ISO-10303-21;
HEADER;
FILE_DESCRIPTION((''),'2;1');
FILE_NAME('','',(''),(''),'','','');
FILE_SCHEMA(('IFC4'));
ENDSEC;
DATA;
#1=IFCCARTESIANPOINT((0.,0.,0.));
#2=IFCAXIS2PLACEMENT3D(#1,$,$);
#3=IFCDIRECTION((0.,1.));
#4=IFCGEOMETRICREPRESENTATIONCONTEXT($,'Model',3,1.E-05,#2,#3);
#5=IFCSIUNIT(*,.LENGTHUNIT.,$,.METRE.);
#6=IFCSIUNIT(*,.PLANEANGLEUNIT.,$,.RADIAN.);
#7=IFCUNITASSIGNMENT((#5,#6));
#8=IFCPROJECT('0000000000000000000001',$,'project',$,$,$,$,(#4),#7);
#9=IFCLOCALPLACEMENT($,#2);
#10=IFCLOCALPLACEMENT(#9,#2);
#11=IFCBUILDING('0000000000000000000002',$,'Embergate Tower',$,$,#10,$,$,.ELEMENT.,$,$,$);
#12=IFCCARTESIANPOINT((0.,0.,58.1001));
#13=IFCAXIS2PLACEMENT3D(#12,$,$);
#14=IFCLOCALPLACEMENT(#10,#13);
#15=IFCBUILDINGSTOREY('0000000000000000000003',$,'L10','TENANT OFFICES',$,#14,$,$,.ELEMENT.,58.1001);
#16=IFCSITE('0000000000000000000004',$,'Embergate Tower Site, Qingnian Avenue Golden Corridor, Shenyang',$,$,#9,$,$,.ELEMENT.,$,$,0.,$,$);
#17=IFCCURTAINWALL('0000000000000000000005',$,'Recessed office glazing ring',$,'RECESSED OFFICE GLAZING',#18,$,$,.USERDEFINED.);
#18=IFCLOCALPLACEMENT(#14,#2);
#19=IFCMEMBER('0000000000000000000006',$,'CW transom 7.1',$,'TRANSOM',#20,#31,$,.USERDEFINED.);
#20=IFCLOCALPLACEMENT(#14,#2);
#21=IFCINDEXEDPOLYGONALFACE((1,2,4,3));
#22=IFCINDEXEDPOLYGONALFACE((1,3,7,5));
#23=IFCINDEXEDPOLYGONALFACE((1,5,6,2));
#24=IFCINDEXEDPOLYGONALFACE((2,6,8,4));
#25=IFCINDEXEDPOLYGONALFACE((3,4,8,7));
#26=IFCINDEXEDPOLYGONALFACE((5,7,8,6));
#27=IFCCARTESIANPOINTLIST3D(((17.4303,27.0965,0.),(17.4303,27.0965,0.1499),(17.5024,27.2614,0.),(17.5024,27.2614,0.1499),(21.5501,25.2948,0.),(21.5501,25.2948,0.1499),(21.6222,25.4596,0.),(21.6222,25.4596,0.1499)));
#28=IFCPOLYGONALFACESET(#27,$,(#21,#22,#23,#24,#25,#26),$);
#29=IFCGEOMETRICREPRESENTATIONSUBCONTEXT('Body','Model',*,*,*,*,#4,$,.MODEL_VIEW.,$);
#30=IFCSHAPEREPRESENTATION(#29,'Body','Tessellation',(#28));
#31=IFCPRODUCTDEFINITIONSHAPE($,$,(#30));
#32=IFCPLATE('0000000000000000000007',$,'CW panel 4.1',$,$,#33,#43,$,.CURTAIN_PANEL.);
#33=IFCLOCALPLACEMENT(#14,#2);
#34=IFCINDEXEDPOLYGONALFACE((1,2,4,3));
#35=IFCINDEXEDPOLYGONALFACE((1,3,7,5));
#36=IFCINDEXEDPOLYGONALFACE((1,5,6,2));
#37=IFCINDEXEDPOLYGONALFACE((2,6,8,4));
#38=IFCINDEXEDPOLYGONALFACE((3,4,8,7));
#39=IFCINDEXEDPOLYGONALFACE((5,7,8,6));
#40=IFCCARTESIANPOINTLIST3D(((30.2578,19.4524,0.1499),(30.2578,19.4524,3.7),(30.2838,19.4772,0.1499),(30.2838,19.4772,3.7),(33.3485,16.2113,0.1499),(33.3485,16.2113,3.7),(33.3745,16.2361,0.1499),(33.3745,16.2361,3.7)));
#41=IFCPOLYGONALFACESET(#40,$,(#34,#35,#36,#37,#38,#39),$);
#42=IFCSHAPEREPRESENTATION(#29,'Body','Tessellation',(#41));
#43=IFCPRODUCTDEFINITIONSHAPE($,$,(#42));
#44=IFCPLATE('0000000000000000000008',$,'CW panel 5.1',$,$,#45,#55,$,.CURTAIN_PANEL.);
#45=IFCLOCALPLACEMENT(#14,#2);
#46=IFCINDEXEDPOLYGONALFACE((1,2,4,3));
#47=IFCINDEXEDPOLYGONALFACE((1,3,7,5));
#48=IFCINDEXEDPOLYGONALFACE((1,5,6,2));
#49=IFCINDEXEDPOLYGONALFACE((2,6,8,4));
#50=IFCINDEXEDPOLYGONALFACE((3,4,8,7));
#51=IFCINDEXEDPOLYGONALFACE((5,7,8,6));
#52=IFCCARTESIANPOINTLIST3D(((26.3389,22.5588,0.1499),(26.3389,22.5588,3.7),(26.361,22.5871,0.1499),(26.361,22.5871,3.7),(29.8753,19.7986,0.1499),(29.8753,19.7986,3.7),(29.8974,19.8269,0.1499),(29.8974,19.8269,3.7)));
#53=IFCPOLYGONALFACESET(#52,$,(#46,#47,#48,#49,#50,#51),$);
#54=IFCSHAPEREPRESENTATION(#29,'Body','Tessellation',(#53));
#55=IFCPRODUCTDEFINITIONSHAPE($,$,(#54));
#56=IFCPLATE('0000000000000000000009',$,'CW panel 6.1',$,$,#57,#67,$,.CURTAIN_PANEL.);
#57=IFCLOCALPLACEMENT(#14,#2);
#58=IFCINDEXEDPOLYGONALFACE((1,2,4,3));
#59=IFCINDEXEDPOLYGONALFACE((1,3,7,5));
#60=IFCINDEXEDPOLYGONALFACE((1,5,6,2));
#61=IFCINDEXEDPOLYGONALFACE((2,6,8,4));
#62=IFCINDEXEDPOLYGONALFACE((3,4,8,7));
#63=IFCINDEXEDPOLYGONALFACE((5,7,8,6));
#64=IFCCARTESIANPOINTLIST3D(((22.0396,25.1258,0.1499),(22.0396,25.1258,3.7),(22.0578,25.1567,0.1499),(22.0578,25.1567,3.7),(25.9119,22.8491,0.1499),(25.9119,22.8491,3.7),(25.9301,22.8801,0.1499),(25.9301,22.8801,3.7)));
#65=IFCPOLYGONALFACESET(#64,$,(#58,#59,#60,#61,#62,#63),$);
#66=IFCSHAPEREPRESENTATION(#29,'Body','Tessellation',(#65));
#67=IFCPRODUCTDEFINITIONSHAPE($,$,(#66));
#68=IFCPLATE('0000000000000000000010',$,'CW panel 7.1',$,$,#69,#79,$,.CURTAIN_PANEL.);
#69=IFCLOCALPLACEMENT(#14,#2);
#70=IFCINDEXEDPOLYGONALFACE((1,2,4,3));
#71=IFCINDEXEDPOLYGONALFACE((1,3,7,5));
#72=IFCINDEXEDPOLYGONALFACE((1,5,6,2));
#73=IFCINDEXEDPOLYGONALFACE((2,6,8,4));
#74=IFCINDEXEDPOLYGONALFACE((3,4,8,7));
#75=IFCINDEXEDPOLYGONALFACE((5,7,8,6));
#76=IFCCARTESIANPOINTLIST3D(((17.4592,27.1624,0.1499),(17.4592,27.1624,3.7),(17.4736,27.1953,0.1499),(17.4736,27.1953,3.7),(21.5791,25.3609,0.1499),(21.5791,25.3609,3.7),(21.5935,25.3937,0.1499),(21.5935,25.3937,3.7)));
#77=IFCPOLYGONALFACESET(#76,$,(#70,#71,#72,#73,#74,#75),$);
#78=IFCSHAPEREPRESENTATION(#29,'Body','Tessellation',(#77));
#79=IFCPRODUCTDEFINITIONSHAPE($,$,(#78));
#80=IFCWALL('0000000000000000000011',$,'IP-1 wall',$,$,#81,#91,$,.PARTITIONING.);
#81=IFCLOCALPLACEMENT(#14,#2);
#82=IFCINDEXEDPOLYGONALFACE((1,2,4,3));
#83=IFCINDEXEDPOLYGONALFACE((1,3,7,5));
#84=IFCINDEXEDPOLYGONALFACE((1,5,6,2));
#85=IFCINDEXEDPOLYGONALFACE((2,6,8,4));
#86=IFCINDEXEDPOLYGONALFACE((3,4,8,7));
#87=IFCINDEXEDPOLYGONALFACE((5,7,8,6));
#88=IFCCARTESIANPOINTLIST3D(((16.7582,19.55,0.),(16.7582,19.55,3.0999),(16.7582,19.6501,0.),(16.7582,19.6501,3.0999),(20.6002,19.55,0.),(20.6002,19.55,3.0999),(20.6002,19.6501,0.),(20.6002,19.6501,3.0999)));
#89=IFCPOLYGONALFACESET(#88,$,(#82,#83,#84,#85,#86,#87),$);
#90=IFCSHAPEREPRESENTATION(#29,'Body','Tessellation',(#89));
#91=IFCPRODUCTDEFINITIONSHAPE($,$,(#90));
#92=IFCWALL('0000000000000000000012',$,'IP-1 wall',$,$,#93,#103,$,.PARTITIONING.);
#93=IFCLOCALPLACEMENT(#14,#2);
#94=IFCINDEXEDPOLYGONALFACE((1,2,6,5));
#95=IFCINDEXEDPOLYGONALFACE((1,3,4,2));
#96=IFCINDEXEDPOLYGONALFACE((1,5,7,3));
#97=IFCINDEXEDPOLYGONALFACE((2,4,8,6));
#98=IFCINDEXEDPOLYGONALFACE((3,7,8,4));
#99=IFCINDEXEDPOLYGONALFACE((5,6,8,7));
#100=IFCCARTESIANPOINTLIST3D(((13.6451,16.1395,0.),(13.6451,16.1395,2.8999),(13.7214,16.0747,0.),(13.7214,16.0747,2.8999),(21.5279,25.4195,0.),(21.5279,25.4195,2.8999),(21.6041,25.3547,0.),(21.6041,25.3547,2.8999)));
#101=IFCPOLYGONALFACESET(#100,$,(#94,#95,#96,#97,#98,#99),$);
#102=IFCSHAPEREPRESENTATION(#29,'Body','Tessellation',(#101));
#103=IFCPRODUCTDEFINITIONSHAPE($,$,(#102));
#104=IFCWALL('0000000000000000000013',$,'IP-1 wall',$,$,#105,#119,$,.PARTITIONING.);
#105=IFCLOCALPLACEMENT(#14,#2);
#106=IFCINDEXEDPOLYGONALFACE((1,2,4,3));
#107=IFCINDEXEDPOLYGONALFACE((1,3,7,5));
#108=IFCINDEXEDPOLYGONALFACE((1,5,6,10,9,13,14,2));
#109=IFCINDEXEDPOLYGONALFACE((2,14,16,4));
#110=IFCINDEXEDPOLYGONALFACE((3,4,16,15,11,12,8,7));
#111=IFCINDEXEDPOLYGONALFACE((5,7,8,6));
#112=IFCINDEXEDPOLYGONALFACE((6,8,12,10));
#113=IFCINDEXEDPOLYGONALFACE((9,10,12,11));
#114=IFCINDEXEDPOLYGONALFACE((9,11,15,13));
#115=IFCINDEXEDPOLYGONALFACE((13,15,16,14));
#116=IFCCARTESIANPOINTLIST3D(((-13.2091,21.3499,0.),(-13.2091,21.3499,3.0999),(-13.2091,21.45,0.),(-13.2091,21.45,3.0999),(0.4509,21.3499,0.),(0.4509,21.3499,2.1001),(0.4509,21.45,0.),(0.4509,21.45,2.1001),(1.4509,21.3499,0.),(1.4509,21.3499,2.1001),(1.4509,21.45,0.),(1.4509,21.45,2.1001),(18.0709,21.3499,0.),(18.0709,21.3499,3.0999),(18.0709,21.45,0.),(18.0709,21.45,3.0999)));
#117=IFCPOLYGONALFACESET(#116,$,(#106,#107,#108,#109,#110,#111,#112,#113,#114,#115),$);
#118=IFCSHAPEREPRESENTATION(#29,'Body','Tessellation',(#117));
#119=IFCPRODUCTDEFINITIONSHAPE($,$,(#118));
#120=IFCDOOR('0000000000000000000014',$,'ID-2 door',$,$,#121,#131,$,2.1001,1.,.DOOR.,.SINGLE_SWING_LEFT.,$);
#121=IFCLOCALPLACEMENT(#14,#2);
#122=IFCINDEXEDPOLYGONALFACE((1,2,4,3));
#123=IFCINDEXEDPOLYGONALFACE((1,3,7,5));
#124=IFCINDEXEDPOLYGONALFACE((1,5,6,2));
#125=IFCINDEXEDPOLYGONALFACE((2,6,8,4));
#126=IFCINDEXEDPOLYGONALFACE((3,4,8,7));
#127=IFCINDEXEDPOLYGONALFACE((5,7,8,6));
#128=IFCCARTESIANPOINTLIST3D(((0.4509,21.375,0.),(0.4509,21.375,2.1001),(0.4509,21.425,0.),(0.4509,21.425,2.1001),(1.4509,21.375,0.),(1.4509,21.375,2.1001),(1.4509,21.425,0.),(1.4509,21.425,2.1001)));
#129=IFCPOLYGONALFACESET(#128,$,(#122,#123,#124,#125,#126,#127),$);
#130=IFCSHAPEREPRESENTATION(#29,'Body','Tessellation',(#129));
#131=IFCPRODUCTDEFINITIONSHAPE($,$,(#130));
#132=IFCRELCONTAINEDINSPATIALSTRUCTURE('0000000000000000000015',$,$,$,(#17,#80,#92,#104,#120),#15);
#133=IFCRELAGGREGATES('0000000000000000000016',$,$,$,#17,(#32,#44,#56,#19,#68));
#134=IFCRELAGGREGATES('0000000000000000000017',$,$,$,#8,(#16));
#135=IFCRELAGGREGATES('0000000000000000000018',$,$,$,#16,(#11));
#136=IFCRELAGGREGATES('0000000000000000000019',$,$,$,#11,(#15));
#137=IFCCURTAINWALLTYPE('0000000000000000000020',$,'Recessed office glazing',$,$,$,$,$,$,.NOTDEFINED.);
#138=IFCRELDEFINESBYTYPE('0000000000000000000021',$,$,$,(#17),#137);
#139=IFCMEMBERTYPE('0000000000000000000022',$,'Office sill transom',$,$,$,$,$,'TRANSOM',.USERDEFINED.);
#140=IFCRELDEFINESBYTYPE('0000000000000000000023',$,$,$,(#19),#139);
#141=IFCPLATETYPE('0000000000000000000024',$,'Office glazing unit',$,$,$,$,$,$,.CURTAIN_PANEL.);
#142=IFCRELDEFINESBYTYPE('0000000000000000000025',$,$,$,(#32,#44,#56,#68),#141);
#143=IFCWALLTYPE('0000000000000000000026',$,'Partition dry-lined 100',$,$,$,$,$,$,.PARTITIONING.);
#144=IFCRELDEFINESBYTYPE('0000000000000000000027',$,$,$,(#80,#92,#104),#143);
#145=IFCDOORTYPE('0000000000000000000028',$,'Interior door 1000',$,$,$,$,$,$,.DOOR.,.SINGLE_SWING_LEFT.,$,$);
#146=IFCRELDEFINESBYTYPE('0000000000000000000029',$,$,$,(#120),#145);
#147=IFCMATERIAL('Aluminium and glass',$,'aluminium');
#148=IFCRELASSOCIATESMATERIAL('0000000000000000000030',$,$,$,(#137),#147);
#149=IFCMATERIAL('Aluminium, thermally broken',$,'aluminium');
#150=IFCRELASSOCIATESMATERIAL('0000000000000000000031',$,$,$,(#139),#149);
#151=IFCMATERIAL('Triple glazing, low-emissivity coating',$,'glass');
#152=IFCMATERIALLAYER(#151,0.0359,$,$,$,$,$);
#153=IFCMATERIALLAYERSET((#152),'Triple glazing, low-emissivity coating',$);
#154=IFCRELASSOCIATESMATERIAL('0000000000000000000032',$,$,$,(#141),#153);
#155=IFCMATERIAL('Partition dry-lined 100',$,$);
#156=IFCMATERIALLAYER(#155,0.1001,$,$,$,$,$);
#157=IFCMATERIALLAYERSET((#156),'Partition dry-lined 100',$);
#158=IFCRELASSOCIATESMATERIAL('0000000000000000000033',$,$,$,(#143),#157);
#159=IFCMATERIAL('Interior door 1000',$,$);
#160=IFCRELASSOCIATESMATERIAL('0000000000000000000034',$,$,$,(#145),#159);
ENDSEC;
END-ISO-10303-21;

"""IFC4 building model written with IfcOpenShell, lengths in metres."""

from ifc_helpers import new_model, si_unit, direction, frame, frame_2d, origin, origin_2d, place, context, subcontext, project, spatial, rectangle, extrude, source, transform, mapped, material, layer, layer_set, material_profile, profile_set, type_object, element, fill, aggregate, save


model = new_model("IFC4")

# Units and contexts
model_context = context("Model", 3, precision=1e-05, world=origin(), true_north=direction((0.0, 1.0)))
body_context = subcontext(model_context, "Body", "Model", "MODEL_VIEW")
ifc_project = project(units=[si_unit("LENGTHUNIT", "METRE"), si_unit("PLANEANGLEUNIT", "RADIAN")], contexts=[model_context])

# Site, building, storey
site_placement = place(None, origin())
site = spatial("IfcSite", under=ifc_project, at=site_placement, Name="Embergate Tower Site, Qingnian Avenue Golden Corridor, Shenyang", CompositionType="ELEMENT", RefElevation=0.0)
building_placement = place(site_placement, origin())
building = spatial("IfcBuilding", under=site, at=building_placement, Name="Embergate Tower", CompositionType="ELEMENT")
storey_placement = place(building_placement, frame((0.0, 0.0, 58.1001)))
storey = spatial("IfcBuildingStorey", under=building, at=storey_placement, Name="L10", Description="TENANT OFFICES", CompositionType="ELEMENT", Elevation=58.1001)

# Curtain wall, member, plates
ifc_material_1 = material(Name="Aluminium and glass", Category="aluminium")
curtain_wall_type = type_object("IfcCurtainWallType", Name="Recessed office glazing", PredefinedType="NOTDEFINED", material=ifc_material_1)
curtain_wall_placement = place(storey_placement, origin())
curtain_wall = element("IfcCurtainWall", 1, at=curtain_wall_placement, inside=storey, type_object=curtain_wall_type, Name="Recessed office glazing ring", ObjectType="RECESSED OFFICE GLAZING", PredefinedType="USERDEFINED")
ifc_material_2 = material(Name="Aluminium, thermally broken", Category="aluminium")
ifc_material_profile_1 = material_profile(ifc_material_2, rectangle(XDim=0.1799, YDim=0.1499, at=origin_2d()), Name="AL 150x180")
ifc_profile_set_1 = profile_set([ifc_material_profile_1], Name="Aluminium, thermally broken")
member_type_1 = type_object("IfcMemberType", Name="Office sill transom", ElementType="TRANSOM", PredefinedType="USERDEFINED", material=ifc_profile_set_1)
shared_shape_1 = source(origin(), body_context, "Body", "SweptSolid", [
    extrude(rectangle(XDim=0.1799, YDim=0.1499, at=origin_2d()), origin(), (0.0, 0.0, 1.0), 4.4966),
])
member_1_placement = place(storey_placement, frame((21.5862, 25.3772, 0.075), z_axis=(-0.916213, 0.400691, 0.0), x_axis=(-0.400691, -0.916213, 0.0)))
member_1 = element("IfcMember", 2, at=member_1_placement, type_object=member_type_1, Name="CW transom 7.1", ObjectType="TRANSOM", PredefinedType="USERDEFINED", context=body_context, shape_type="MappedRepresentation", body=[
    mapped(shared_shape_1, transform((0.0, 0.0, 0.0))),
])
ifc_material_3 = material(Name="Triple glazing, low-emissivity coating", Category="glass")
ifc_layer_1 = layer(ifc_material_3, 0.0359)
ifc_layer_set_1 = layer_set([ifc_layer_1], Name="Triple glazing, low-emissivity coating")
plate_type = type_object("IfcPlateType", Name="Office glazing unit", PredefinedType="CURTAIN_PANEL", material=ifc_layer_set_1)
shared_shape_2 = source(origin(), body_context, "Body", "SweptSolid", [
    extrude(rectangle(XDim=4.4785, YDim=0.0359, at=origin_2d()), origin(), (0.0, 0.0, 1.0), 3.55),
])
plate_1_placement = place(storey_placement, frame((31.8162, 17.8442, 0.1499), z_axis=(0.0, 0.0, 1.0), x_axis=(-0.690125, 0.72369, 0.0)))
plate_1 = element("IfcPlate", 3, at=plate_1_placement, type_object=plate_type, Name="CW panel 4.1", PredefinedType="CURTAIN_PANEL", context=body_context, shape_type="MappedRepresentation", body=[
    mapped(shared_shape_2, transform((0.0, 0.0, 0.0))),
])
shared_shape_3 = source(origin(), body_context, "Body", "SweptSolid", [
    extrude(rectangle(XDim=4.4861, YDim=0.0359, at=origin_2d()), origin(), (0.0, 0.0, 1.0), 3.55),
])
plate_2_placement = place(storey_placement, frame((28.1182, 21.1929, 0.1499), z_axis=(0.0, 0.0, 1.0), x_axis=(-0.788313, 0.615275, 0.0)))
plate_2 = element("IfcPlate", 4, at=plate_2_placement, type_object=plate_type, Name="CW panel 5.1", PredefinedType="CURTAIN_PANEL", context=body_context, shape_type="MappedRepresentation", body=[
    mapped(shared_shape_3, transform((0.0, 0.0, 0.0))),
])
shared_shape_4 = source(origin(), body_context, "Body", "SweptSolid", [
    extrude(rectangle(XDim=4.4919, YDim=0.0359, at=origin_2d()), origin(), (0.0, 0.0, 1.0), 3.55),
])
plate_3_placement = place(storey_placement, frame((23.9849, 24.0029, 0.1499), z_axis=(0.0, 0.0, 1.0), x_axis=(-0.862048, 0.506827, 0.0)))
plate_3 = element("IfcPlate", 5, at=plate_3_placement, type_object=plate_type, Name="CW panel 6.1", PredefinedType="CURTAIN_PANEL", context=body_context, shape_type="MappedRepresentation", body=[
    mapped(shared_shape_4, transform((0.0, 0.0, 0.0))),
])
shared_shape_5 = source(origin(), body_context, "Body", "SweptSolid", [
    extrude(rectangle(XDim=4.4966, YDim=0.0359, at=origin_2d()), origin(), (0.0, 0.0, 1.0), 3.55),
])
plate_4_placement = place(storey_placement, frame((19.5264, 26.2781, 0.1499), z_axis=(0.0, 0.0, 1.0), x_axis=(-0.916233, 0.400646, 0.0)))
plate_4 = element("IfcPlate", 6, at=plate_4_placement, type_object=plate_type, Name="CW panel 7.1", PredefinedType="CURTAIN_PANEL", context=body_context, shape_type="MappedRepresentation", body=[
    mapped(shared_shape_5, transform((0.0, 0.0, 0.0))),
])
aggregate(curtain_wall, [plate_1, plate_2, plate_3, member_1, plate_4])

# Walls
ifc_material_4 = material(Name="Partition dry-lined 100")
ifc_layer_2 = layer(ifc_material_4, 0.1001)
ifc_layer_set_2 = layer_set([ifc_layer_2], Name="Partition dry-lined 100")
wall_type = type_object("IfcWallType", Name="Partition dry-lined 100", PredefinedType="PARTITIONING", material=ifc_layer_set_2)
shared_shape_6 = source(origin(), body_context, "Body", "SweptSolid", [
    extrude(rectangle(XDim=3.842, YDim=0.1001, at=frame_2d((1.9209, 0.0))), origin(), (0.0, 0.0, 1.0), 3.0999),
])
wall_1_placement = place(storey_placement, frame((20.6001, 19.6001, 0.0), z_axis=(0.0, 0.0, 1.0), x_axis=(-1.0, 0.0, 0.0)))
element("IfcWall", 7, at=wall_1_placement, inside=storey, type_object=wall_type, Name="IP-1 wall", PredefinedType="PARTITIONING", context=body_context, shape_type="MappedRepresentation", body=[
    mapped(shared_shape_6, transform((0.0, 0.0, 0.0))),
])
shared_shape_7 = source(origin(), body_context, "Body", "SweptSolid", [
    extrude(rectangle(XDim=12.176, YDim=0.1001, at=frame_2d((6.0879, 0.0))), origin(), (0.0, 0.0, 1.0), 2.8999),
])
wall_2_placement = place(storey_placement, frame((21.5659, 25.387, 0.0), z_axis=(0.0, 0.0, 1.0), x_axis=(-0.6474, -0.762151, 0.0)))
element("IfcWall", 8, at=wall_2_placement, inside=storey, type_object=wall_type, Name="IP-1 wall", PredefinedType="PARTITIONING", context=body_context, shape_type="MappedRepresentation", body=[
    mapped(shared_shape_7, transform((0.0, 0.0, 0.0))),
])

# Wall, opening, door
shared_shape_8 = source(origin(), body_context, "Body", "SweptSolid", [
    extrude(rectangle(XDim=31.28, YDim=0.1001, at=frame_2d((15.6401, 0.0))), origin(), (0.0, 0.0, 1.0), 3.0999),
])
wall_3_placement = place(storey_placement, frame((18.071, 21.3999, 0.0), z_axis=(0.0, 0.0, 1.0), x_axis=(-1.0, 0.0, 0.0)))
wall_3 = element("IfcWall", 9, at=wall_3_placement, inside=storey, type_object=wall_type, Name="IP-1 wall", PredefinedType="PARTITIONING", context=body_context, shape_type="MappedRepresentation", body=[
    mapped(shared_shape_8, transform((0.0, 0.0, 0.0))),
])
shared_shape_9 = source(origin(), body_context, "Body", "SweptSolid", [
    extrude(rectangle(XDim=1.0, YDim=2.1001, at=frame_2d((0.5, 1.05))), frame((0.0, 0.0601, 0.0), z_axis=(0.0, -1.0, 0.0), x_axis=(1.0, 0.0, 0.0)), (0.0, 0.0, 1.0), 0.1201),
])
opening_placement = place(wall_3_placement, frame((16.6201, 0.0, 0.0)))
opening = element("IfcOpeningElement", 10, at=opening_placement, cuts=wall_3, PredefinedType="OPENING", context=body_context, shape_type="MappedRepresentation", body=[
    mapped(shared_shape_9, transform((0.0, 0.0, 0.0))),
])
ifc_material_5 = material(Name="Interior door 1000")
door_type = type_object("IfcDoorType", Name="Interior door 1000", OperationType="SINGLE_SWING_LEFT", PredefinedType="DOOR", material=ifc_material_5)
shared_shape_10 = source(origin(), body_context, "Body", "SweptSolid", [
    extrude(rectangle(XDim=1.0, YDim=2.1001, at=frame_2d((0.5, 1.05))), frame((0.0, 0.0249, 0.0), z_axis=(0.0, -1.0, 0.0), x_axis=(1.0, 0.0, 0.0)), (0.0, 0.0, 1.0), 0.05),
])
door_placement = place(opening_placement, origin())
door = element("IfcDoor", 11, at=door_placement, inside=storey, type_object=door_type, Name="ID-2 door", OperationType="SINGLE_SWING_LEFT", OverallHeight=2.1001, OverallWidth=1.0, PredefinedType="DOOR", context=body_context, shape_type="MappedRepresentation", body=[
    mapped(shared_shape_10, transform((0.0, 0.0, 0.0))),
])
fill(opening, door)

save(model, "model.ifc")
